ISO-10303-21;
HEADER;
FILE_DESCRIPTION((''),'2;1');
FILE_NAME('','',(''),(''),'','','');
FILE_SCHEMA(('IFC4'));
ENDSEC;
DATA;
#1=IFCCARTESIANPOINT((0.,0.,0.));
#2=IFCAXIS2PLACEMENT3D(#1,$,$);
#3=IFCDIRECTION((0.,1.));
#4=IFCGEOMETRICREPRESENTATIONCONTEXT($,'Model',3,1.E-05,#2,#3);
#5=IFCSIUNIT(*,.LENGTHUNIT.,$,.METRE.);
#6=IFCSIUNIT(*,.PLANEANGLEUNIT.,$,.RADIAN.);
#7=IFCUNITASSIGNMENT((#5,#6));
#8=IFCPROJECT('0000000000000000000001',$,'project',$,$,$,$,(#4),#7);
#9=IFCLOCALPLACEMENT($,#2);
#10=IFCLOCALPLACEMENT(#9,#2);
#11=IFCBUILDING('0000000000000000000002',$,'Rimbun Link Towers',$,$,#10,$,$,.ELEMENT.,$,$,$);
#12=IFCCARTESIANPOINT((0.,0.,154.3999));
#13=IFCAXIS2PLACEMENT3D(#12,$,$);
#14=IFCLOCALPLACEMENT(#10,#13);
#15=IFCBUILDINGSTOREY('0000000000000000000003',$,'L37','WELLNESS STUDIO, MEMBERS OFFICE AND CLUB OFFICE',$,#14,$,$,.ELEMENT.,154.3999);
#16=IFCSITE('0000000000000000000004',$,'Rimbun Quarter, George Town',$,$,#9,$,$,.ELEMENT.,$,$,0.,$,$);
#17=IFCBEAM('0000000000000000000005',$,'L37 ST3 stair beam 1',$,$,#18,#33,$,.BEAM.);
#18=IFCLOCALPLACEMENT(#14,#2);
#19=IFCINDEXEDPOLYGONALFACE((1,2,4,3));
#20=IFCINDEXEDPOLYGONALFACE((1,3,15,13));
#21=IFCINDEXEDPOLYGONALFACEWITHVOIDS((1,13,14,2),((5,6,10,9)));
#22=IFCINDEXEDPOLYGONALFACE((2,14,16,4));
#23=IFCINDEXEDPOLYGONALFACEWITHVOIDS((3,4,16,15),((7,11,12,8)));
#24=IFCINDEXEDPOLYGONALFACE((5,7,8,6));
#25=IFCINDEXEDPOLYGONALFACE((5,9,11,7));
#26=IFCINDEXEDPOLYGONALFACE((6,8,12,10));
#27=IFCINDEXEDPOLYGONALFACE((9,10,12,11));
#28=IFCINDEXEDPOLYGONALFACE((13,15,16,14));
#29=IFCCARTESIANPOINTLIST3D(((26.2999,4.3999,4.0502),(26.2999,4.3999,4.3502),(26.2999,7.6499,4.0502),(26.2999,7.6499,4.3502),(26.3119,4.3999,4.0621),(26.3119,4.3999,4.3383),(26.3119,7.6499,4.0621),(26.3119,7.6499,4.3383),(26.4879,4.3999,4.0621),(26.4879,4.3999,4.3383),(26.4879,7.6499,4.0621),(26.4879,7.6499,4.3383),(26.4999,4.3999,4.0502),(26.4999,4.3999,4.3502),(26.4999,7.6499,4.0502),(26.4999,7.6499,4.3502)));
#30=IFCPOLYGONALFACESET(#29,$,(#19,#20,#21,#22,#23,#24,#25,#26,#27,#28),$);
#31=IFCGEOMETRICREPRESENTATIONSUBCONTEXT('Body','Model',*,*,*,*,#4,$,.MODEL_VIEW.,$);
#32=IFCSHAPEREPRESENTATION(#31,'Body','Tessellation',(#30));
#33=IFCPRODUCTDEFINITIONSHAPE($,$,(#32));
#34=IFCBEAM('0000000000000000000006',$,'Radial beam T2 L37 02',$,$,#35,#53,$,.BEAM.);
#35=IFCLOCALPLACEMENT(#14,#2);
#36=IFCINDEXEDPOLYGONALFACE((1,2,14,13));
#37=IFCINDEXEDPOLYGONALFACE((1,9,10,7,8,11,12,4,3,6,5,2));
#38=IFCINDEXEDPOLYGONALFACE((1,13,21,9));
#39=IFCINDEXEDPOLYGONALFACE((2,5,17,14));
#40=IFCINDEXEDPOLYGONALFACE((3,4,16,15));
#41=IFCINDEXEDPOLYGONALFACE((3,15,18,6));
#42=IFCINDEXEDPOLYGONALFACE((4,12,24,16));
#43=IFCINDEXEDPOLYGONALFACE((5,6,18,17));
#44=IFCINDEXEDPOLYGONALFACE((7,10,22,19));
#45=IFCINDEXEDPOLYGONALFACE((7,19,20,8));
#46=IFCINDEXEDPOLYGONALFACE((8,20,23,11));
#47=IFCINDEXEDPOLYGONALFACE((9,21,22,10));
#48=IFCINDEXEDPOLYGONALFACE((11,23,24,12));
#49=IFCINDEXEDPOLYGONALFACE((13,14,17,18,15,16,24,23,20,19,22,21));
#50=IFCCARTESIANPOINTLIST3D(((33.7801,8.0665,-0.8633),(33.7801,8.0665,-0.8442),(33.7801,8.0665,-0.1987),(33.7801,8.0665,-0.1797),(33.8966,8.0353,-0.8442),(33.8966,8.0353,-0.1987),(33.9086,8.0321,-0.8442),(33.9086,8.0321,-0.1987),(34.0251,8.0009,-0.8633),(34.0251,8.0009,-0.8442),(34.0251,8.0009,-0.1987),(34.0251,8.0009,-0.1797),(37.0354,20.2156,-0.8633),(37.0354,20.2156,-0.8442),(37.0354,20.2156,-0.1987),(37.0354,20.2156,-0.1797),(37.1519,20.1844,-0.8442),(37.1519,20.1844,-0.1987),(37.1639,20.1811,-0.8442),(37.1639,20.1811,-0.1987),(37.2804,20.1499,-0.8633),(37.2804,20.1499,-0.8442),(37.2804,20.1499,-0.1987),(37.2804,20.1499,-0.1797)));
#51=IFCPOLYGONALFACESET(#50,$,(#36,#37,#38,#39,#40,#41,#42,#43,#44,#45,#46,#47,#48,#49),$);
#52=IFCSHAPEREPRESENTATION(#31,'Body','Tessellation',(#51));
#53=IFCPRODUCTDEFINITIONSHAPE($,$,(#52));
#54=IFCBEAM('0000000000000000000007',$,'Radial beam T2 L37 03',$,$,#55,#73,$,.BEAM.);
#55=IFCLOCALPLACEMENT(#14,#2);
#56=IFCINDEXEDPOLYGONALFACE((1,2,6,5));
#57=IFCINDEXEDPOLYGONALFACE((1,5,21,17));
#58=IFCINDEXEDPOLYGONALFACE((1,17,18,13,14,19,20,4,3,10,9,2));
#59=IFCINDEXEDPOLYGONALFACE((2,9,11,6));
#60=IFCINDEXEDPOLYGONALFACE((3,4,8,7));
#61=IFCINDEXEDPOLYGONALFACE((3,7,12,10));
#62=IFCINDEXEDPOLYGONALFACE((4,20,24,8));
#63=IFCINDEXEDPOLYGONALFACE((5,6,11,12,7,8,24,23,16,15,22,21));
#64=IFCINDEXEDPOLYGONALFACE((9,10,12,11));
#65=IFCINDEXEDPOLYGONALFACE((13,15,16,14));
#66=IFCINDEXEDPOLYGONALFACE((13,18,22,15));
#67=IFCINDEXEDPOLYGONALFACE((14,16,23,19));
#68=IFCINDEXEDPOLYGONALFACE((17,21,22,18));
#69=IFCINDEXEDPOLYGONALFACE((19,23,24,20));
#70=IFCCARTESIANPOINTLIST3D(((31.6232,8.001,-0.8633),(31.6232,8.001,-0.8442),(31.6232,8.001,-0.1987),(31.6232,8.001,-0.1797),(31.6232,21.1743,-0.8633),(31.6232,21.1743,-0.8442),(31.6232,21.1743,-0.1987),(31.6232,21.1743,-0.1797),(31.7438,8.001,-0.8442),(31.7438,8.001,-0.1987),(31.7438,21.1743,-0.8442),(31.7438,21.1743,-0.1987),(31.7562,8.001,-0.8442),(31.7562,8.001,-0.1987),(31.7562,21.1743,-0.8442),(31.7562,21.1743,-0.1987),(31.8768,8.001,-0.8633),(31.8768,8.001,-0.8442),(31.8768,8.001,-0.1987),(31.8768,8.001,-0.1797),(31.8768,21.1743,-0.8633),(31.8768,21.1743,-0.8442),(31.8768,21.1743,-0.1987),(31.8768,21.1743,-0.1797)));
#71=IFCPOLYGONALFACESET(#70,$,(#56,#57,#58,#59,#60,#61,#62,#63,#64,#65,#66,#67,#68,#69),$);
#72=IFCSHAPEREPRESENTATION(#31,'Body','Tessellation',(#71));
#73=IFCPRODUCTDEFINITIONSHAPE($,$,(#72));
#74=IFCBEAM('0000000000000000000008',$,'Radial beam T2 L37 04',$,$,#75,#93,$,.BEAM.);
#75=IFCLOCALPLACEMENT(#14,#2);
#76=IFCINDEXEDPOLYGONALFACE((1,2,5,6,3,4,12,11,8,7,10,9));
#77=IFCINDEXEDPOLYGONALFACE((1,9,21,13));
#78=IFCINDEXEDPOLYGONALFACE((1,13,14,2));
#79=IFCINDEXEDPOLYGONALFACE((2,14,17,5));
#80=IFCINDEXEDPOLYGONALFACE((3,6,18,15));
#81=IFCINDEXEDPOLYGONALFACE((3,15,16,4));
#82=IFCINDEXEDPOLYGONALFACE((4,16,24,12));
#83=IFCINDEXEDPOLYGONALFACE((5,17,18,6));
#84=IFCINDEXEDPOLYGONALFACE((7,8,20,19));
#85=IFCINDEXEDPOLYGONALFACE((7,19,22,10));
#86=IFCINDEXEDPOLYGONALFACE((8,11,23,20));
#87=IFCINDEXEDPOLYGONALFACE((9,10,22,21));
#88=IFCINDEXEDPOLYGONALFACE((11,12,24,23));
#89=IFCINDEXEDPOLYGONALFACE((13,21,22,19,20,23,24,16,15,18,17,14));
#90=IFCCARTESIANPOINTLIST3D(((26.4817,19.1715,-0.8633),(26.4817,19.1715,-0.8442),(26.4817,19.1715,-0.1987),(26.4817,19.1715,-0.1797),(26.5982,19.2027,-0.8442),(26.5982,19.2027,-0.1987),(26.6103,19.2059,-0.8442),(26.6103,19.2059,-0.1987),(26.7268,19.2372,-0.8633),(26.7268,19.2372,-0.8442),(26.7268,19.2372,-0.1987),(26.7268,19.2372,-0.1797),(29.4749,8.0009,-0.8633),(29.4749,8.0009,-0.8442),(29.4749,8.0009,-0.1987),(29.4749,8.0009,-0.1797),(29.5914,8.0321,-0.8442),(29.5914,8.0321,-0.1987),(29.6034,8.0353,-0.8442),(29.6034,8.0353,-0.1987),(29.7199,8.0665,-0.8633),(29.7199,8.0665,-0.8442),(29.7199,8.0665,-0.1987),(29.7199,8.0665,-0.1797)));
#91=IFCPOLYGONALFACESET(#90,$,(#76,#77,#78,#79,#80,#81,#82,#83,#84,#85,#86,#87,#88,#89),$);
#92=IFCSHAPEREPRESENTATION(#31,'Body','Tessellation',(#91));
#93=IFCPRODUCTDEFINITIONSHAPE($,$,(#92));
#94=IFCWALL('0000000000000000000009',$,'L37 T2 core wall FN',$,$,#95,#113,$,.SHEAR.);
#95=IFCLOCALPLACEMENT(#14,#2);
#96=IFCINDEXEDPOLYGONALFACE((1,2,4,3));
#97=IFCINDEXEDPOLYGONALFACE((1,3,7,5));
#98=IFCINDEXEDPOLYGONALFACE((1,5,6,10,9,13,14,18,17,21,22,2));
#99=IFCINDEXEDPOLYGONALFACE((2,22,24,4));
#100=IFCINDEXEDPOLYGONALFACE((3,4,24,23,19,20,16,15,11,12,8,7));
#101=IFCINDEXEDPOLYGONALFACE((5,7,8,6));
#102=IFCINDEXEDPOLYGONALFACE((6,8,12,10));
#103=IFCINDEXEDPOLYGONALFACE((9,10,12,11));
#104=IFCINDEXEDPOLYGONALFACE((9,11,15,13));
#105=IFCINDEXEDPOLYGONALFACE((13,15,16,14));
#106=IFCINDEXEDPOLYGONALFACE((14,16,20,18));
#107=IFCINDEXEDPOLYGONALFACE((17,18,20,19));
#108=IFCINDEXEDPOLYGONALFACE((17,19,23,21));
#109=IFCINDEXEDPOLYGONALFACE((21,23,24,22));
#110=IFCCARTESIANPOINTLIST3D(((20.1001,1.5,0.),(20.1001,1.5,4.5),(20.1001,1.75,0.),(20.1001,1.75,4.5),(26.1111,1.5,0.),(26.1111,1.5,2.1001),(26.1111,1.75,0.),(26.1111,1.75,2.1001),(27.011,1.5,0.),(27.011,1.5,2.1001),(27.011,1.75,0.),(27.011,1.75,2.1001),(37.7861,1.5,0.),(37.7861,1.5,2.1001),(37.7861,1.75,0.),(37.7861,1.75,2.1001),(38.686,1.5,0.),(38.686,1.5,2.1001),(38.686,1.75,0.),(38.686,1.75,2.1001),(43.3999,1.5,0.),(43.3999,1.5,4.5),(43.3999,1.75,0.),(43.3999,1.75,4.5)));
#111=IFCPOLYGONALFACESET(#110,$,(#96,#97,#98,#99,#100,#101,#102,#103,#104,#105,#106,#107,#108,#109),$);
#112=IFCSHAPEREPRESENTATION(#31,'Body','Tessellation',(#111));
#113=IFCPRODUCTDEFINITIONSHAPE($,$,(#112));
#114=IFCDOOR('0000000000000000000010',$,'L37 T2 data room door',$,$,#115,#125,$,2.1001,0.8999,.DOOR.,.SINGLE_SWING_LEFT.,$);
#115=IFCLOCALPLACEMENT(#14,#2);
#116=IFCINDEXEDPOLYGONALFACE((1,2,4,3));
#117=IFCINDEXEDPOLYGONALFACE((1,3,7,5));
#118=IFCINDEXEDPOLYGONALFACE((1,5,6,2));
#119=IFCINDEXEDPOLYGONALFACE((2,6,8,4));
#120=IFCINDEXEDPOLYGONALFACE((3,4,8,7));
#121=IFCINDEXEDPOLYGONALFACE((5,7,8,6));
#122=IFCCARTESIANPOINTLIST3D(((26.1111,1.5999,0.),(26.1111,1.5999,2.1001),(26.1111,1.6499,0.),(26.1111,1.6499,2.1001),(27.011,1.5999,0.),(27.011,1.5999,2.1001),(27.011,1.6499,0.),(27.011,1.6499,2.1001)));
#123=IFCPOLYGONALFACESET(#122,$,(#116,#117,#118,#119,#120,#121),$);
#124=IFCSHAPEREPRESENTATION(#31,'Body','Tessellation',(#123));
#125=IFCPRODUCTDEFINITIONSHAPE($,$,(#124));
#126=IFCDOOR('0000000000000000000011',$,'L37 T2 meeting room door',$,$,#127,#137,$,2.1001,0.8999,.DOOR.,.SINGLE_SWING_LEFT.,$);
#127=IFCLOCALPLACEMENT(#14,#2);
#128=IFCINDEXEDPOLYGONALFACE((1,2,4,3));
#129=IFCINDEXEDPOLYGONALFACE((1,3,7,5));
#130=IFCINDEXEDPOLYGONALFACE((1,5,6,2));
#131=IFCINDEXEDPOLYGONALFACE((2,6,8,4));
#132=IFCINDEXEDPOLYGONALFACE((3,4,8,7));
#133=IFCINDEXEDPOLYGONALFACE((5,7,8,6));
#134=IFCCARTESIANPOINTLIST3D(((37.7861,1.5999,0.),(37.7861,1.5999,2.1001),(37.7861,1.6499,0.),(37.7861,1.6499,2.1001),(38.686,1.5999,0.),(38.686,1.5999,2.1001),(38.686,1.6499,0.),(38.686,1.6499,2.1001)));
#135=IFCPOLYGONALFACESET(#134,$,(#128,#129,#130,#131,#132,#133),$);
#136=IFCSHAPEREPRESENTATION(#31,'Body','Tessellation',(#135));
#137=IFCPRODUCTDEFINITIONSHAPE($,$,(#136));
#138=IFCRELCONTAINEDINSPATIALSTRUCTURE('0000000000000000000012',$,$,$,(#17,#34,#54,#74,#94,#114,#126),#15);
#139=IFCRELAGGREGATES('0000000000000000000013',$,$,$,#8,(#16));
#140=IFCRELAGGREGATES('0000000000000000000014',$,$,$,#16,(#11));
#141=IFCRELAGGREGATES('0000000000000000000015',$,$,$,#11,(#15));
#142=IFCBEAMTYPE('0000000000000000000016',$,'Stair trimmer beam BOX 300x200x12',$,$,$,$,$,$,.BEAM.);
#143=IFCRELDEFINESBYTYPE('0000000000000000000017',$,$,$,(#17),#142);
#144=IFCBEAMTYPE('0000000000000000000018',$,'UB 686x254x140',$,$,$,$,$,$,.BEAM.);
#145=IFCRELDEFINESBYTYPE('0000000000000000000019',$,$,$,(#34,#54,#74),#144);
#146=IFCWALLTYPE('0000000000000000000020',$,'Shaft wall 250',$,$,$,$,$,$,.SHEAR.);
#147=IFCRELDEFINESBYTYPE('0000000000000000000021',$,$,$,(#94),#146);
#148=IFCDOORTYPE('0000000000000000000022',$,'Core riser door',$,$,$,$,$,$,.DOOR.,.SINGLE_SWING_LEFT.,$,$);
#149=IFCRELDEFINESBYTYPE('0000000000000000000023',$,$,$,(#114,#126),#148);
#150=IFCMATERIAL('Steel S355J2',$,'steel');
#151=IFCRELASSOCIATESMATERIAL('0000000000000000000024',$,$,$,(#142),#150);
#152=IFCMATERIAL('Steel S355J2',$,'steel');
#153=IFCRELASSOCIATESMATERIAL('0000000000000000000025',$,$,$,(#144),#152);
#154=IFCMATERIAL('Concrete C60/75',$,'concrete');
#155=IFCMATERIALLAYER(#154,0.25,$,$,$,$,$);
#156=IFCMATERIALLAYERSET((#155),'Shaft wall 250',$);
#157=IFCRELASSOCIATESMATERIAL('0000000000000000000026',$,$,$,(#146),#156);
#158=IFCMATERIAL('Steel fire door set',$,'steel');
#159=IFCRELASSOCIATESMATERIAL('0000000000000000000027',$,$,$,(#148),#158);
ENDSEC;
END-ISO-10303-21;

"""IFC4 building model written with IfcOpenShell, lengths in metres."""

from ifc_helpers import new_model, si_unit, direction, frame, frame_2d, origin, origin_2d, place, context, subcontext, project, spatial, rectangle, hollow_rectangle, i_section, extrude, material, layer, layer_set, material_profile, profile_set, type_object, element, fill, save


model = new_model("IFC4")

# Units and contexts
model_context = context("Model", 3, precision=1e-05, world=origin(), true_north=direction((0.0, 1.0)))
body_context = subcontext(model_context, "Body", "Model", "MODEL_VIEW")
ifc_project = project(units=[si_unit("LENGTHUNIT", "METRE"), si_unit("PLANEANGLEUNIT", "RADIAN")], contexts=[model_context])

# Site, building, storey
site_placement = place(None, origin())
site = spatial("IfcSite", under=ifc_project, at=site_placement, Name="Rimbun Quarter, George Town", CompositionType="ELEMENT", RefElevation=0.0)
building_placement = place(site_placement, origin())
building = spatial("IfcBuilding", under=site, at=building_placement, Name="Rimbun Link Towers", CompositionType="ELEMENT")
storey_placement = place(building_placement, frame((0.0, 0.0, 154.3999)))
storey = spatial("IfcBuildingStorey", under=building, at=storey_placement, Name="L37", Description="WELLNESS STUDIO, MEMBERS OFFICE AND CLUB OFFICE", CompositionType="ELEMENT", Elevation=154.3999)

# Beams
ifc_material_1 = material(Name="Steel S355J2", Category="steel")
ifc_material_profile_1 = material_profile(ifc_material_1, hollow_rectangle(XDim=0.2, YDim=0.3, WallThickness=0.012, at=origin_2d()), Name="BOX 300x200x12")
ifc_profile_set_1 = profile_set([ifc_material_profile_1], Name="Steel S355J2")
beam_type_1 = type_object("IfcBeamType", Name="Stair trimmer beam BOX 300x200x12", PredefinedType="BEAM", material=ifc_profile_set_1)
beam_1_placement = place(storey_placement, frame((26.3999, 7.6499, 4.2002), z_axis=(0.0, -1.0, 0.0), x_axis=(1.0, 0.0, 0.0)))
element("IfcBeam", 1, at=beam_1_placement, inside=storey, type_object=beam_type_1, Name="L37 ST3 stair beam 1", PredefinedType="BEAM", context=body_context, shape_type="SweptSolid", body=[
    extrude(hollow_rectangle(XDim=0.2, YDim=0.3, WallThickness=0.012, at=origin_2d()), origin(), (0.0, 0.0, 1.0), 3.25),
])
ifc_material_2 = material(Name="Steel S355J2", Category="steel")
ifc_material_profile_2 = material_profile(ifc_material_2, i_section(OverallWidth=0.2537, OverallDepth=0.6836, WebThickness=0.0125, FlangeThickness=0.019, at=origin_2d()), Name="UB 686x254x140")
ifc_profile_set_2 = profile_set([ifc_material_profile_2], Name="Steel S355J2")
beam_type_2 = type_object("IfcBeamType", Name="UB 686x254x140", PredefinedType="BEAM", material=ifc_profile_set_2)
beam_2_placement = place(storey_placement, frame((33.9026, 8.0337, -0.5215), z_axis=(0.25882, 0.965926, 0.0), x_axis=(-0.965926, 0.25882, 0.0)))
element("IfcBeam", 2, at=beam_2_placement, inside=storey, type_object=beam_type_2, Name="Radial beam T2 L37 02", PredefinedType="BEAM", context=body_context, shape_type="SweptSolid", body=[
    extrude(i_section(OverallWidth=0.2537, OverallDepth=0.6836, WebThickness=0.0125, FlangeThickness=0.019, at=origin_2d()), origin(), (0.0, 0.0, 1.0), 12.5776),
])
beam_3_placement = place(storey_placement, frame((31.75, 8.001, -0.5215), z_axis=(0.0, 1.0, 0.0), x_axis=(-1.0, 0.0, 0.0)))
element("IfcBeam", 3, at=beam_3_placement, inside=storey, type_object=beam_type_2, Name="Radial beam T2 L37 03", PredefinedType="BEAM", context=body_context, shape_type="SweptSolid", body=[
    extrude(i_section(OverallWidth=0.2537, OverallDepth=0.6836, WebThickness=0.0125, FlangeThickness=0.019, at=origin_2d()), origin(), (0.0, 0.0, 1.0), 13.1733),
])
beam_4_placement = place(storey_placement, frame((29.5974, 8.0337, -0.5215), z_axis=(-0.258819, 0.965926, 0.0), x_axis=(-0.965926, -0.258819, 0.0)))
element("IfcBeam", 4, at=beam_4_placement, inside=storey, type_object=beam_type_2, Name="Radial beam T2 L37 04", PredefinedType="BEAM", context=body_context, shape_type="SweptSolid", body=[
    extrude(i_section(OverallWidth=0.2537, OverallDepth=0.6836, WebThickness=0.0125, FlangeThickness=0.019, at=origin_2d()), origin(), (0.0, 0.0, 1.0), 11.5647),
])

# Wall, openings, doors
ifc_material_3 = material(Name="Concrete C60/75", Category="concrete")
ifc_layer = layer(ifc_material_3, 0.25)
ifc_layer_set = layer_set([ifc_layer], Name="Shaft wall 250")
wall_type = type_object("IfcWallType", Name="Shaft wall 250", PredefinedType="SHEAR", material=ifc_layer_set)
wall_1_placement = place(storey_placement, frame((20.1001, 1.625, 0.0), z_axis=(0.0, 0.0, 1.0), x_axis=(1.0, 0.0, 0.0)))
wall_1 = element("IfcWall", 5, at=wall_1_placement, inside=storey, type_object=wall_type, Name="L37 T2 core wall FN", PredefinedType="SHEAR", context=body_context, shape_type="SweptSolid", body=[
    extrude(rectangle(XDim=23.2998, YDim=0.25, at=frame_2d((11.6499, 0.0))), origin(), (0.0, 0.0, 1.0), 4.5),
])
opening_1_placement = place(wall_1_placement, frame((6.011, 0.0, 0.0)))
opening_1 = element("IfcOpeningElement", 6, at=opening_1_placement, cuts=wall_1, PredefinedType="OPENING", context=body_context, shape_type="SweptSolid", body=[
    extrude(rectangle(XDim=0.8999, YDim=2.1001, at=frame_2d((0.45, 1.05))), frame((0.0, 0.135, 0.0), z_axis=(0.0, -1.0, 0.0), x_axis=(1.0, 0.0, 0.0)), (0.0, 0.0, 1.0), 0.27),
])
opening_2_placement = place(wall_1_placement, frame((17.686, 0.0, 0.0)))
opening_2 = element("IfcOpeningElement", 7, at=opening_2_placement, cuts=wall_1, PredefinedType="OPENING", context=body_context, shape_type="SweptSolid", body=[
    extrude(rectangle(XDim=0.8999, YDim=2.1001, at=frame_2d((0.45, 1.05))), frame((0.0, 0.135, 0.0), z_axis=(0.0, -1.0, 0.0), x_axis=(1.0, 0.0, 0.0)), (0.0, 0.0, 1.0), 0.27),
])
ifc_material_4 = material(Name="Steel fire door set", Category="steel")
door_type_1 = type_object("IfcDoorType", Name="Core riser door", OperationType="SINGLE_SWING_LEFT", PredefinedType="DOOR", material=ifc_material_4)
door_1_placement = place(opening_1_placement, origin())
door_1 = element("IfcDoor", 8, at=door_1_placement, inside=storey, type_object=door_type_1, Name="L37 T2 data room door", OperationType="SINGLE_SWING_LEFT", OverallHeight=2.1001, OverallWidth=0.8999, PredefinedType="DOOR", context=body_context, shape_type="SweptSolid", body=[
    extrude(rectangle(XDim=0.8999, YDim=2.1001, at=frame_2d((0.45, 1.05))), frame((0.0, 0.0249, 0.0), z_axis=(0.0, -1.0, 0.0), x_axis=(1.0, 0.0, 0.0)), (0.0, 0.0, 1.0), 0.05),
])
fill(opening_1, door_1)
door_2_placement = place(opening_2_placement, origin())
door_2 = element("IfcDoor", 9, at=door_2_placement, inside=storey, type_object=door_type_1, Name="L37 T2 meeting room door", OperationType="SINGLE_SWING_LEFT", OverallHeight=2.1001, OverallWidth=0.8999, PredefinedType="DOOR", context=body_context, shape_type="SweptSolid", body=[
    extrude(rectangle(XDim=0.8999, YDim=2.1001, at=frame_2d((0.45, 1.05))), frame((0.0, 0.0249, 0.0), z_axis=(0.0, -1.0, 0.0), x_axis=(1.0, 0.0, 0.0)), (0.0, 0.0, 1.0), 0.05),
])
fill(opening_2, door_2)

save(model, "model.ifc")
